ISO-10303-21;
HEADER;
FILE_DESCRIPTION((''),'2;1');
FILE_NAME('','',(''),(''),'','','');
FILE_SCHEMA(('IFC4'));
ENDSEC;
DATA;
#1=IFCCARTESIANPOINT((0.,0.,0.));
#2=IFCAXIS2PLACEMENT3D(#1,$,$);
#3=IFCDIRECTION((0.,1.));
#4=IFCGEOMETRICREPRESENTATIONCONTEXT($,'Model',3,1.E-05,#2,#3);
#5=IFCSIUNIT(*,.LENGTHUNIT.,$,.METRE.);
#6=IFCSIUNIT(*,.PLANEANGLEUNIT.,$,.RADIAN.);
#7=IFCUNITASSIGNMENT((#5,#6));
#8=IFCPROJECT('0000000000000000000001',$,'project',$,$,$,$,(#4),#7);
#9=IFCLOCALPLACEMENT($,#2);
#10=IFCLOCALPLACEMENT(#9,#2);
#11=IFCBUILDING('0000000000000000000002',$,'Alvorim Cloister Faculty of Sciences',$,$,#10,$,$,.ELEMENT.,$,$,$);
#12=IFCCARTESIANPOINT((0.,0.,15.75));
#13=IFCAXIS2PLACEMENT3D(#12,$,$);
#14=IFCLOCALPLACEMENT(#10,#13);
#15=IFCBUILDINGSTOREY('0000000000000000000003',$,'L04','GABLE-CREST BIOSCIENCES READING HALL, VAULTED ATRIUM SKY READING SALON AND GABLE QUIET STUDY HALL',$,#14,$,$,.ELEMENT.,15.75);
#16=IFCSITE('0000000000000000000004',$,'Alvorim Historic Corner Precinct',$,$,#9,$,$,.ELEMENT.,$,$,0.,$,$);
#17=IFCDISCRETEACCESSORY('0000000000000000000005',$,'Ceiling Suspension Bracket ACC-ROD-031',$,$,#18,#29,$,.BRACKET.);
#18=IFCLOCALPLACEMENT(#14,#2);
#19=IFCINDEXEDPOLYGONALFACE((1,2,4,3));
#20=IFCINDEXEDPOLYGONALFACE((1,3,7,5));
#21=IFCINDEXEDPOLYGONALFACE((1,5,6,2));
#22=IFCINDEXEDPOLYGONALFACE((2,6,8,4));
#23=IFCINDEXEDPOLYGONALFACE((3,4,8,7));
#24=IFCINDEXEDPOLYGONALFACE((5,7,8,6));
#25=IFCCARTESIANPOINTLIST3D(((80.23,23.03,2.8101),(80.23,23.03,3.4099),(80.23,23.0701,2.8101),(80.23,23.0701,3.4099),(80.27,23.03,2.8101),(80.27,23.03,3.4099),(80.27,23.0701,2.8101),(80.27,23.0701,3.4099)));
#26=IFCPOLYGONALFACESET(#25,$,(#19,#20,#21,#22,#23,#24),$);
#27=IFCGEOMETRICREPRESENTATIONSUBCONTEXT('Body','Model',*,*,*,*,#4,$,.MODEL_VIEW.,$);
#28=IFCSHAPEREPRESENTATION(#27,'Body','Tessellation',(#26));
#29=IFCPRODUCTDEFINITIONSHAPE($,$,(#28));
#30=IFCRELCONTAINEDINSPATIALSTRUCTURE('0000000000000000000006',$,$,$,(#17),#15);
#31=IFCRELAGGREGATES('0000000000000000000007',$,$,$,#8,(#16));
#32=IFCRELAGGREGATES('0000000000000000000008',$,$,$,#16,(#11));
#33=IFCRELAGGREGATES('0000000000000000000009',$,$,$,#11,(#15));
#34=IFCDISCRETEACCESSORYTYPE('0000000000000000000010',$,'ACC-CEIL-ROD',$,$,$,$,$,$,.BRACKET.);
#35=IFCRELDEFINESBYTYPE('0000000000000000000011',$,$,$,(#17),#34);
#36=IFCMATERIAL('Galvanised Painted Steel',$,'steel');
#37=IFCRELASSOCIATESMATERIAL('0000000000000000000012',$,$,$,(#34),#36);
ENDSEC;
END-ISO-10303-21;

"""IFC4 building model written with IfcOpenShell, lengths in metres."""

from ifc_helpers import new_model, si_unit, direction, frame, origin, origin_2d, place, context, subcontext, project, spatial, rectangle, extrude, material, type_object, element, save


model = new_model("IFC4")

# Units and contexts
model_context = context("Model", 3, precision=1e-05, world=origin(), true_north=direction((0.0, 1.0)))
body_context = subcontext(model_context, "Body", "Model", "MODEL_VIEW")
ifc_project = project(units=[si_unit("LENGTHUNIT", "METRE"), si_unit("PLANEANGLEUNIT", "RADIAN")], contexts=[model_context])

# Site, building, storey
site_placement = place(None, origin())
site = spatial("IfcSite", under=ifc_project, at=site_placement, Name="Alvorim Historic Corner Precinct", CompositionType="ELEMENT", RefElevation=0.0)
building_placement = place(site_placement, origin())
building = spatial("IfcBuilding", under=site, at=building_placement, Name="Alvorim Cloister Faculty of Sciences", CompositionType="ELEMENT")
storey_placement = place(building_placement, frame((0.0, 0.0, 15.75)))
storey = spatial("IfcBuildingStorey", under=building, at=storey_placement, Name="L04", Description="GABLE-CREST BIOSCIENCES READING HALL, VAULTED ATRIUM SKY READING SALON AND GABLE QUIET STUDY HALL", CompositionType="ELEMENT", Elevation=15.75)

# Discrete accessory
ifc_material_1 = material(Name="Galvanised Painted Steel", Category="steel")
discrete_accessory_type = type_object("IfcDiscreteAccessoryType", Name="ACC-CEIL-ROD", PredefinedType="BRACKET", material=ifc_material_1)
discrete_accessory_placement = place(storey_placement, frame((80.25, 23.05, 2.8101), z_axis=(0.0, 0.0, 1.0), x_axis=(1.0, 0.0, 0.0)))
element("IfcDiscreteAccessory", 1, at=discrete_accessory_placement, inside=storey, type_object=discrete_accessory_type, Name="Ceiling Suspension Bracket ACC-ROD-031", PredefinedType="BRACKET", context=body_context, shape_type="SweptSolid", body=[
    extrude(rectangle(XDim=0.04, YDim=0.04, at=origin_2d()), origin(), (0.0, 0.0, 1.0), 0.5999),
])

save(model, "model.ifc")
